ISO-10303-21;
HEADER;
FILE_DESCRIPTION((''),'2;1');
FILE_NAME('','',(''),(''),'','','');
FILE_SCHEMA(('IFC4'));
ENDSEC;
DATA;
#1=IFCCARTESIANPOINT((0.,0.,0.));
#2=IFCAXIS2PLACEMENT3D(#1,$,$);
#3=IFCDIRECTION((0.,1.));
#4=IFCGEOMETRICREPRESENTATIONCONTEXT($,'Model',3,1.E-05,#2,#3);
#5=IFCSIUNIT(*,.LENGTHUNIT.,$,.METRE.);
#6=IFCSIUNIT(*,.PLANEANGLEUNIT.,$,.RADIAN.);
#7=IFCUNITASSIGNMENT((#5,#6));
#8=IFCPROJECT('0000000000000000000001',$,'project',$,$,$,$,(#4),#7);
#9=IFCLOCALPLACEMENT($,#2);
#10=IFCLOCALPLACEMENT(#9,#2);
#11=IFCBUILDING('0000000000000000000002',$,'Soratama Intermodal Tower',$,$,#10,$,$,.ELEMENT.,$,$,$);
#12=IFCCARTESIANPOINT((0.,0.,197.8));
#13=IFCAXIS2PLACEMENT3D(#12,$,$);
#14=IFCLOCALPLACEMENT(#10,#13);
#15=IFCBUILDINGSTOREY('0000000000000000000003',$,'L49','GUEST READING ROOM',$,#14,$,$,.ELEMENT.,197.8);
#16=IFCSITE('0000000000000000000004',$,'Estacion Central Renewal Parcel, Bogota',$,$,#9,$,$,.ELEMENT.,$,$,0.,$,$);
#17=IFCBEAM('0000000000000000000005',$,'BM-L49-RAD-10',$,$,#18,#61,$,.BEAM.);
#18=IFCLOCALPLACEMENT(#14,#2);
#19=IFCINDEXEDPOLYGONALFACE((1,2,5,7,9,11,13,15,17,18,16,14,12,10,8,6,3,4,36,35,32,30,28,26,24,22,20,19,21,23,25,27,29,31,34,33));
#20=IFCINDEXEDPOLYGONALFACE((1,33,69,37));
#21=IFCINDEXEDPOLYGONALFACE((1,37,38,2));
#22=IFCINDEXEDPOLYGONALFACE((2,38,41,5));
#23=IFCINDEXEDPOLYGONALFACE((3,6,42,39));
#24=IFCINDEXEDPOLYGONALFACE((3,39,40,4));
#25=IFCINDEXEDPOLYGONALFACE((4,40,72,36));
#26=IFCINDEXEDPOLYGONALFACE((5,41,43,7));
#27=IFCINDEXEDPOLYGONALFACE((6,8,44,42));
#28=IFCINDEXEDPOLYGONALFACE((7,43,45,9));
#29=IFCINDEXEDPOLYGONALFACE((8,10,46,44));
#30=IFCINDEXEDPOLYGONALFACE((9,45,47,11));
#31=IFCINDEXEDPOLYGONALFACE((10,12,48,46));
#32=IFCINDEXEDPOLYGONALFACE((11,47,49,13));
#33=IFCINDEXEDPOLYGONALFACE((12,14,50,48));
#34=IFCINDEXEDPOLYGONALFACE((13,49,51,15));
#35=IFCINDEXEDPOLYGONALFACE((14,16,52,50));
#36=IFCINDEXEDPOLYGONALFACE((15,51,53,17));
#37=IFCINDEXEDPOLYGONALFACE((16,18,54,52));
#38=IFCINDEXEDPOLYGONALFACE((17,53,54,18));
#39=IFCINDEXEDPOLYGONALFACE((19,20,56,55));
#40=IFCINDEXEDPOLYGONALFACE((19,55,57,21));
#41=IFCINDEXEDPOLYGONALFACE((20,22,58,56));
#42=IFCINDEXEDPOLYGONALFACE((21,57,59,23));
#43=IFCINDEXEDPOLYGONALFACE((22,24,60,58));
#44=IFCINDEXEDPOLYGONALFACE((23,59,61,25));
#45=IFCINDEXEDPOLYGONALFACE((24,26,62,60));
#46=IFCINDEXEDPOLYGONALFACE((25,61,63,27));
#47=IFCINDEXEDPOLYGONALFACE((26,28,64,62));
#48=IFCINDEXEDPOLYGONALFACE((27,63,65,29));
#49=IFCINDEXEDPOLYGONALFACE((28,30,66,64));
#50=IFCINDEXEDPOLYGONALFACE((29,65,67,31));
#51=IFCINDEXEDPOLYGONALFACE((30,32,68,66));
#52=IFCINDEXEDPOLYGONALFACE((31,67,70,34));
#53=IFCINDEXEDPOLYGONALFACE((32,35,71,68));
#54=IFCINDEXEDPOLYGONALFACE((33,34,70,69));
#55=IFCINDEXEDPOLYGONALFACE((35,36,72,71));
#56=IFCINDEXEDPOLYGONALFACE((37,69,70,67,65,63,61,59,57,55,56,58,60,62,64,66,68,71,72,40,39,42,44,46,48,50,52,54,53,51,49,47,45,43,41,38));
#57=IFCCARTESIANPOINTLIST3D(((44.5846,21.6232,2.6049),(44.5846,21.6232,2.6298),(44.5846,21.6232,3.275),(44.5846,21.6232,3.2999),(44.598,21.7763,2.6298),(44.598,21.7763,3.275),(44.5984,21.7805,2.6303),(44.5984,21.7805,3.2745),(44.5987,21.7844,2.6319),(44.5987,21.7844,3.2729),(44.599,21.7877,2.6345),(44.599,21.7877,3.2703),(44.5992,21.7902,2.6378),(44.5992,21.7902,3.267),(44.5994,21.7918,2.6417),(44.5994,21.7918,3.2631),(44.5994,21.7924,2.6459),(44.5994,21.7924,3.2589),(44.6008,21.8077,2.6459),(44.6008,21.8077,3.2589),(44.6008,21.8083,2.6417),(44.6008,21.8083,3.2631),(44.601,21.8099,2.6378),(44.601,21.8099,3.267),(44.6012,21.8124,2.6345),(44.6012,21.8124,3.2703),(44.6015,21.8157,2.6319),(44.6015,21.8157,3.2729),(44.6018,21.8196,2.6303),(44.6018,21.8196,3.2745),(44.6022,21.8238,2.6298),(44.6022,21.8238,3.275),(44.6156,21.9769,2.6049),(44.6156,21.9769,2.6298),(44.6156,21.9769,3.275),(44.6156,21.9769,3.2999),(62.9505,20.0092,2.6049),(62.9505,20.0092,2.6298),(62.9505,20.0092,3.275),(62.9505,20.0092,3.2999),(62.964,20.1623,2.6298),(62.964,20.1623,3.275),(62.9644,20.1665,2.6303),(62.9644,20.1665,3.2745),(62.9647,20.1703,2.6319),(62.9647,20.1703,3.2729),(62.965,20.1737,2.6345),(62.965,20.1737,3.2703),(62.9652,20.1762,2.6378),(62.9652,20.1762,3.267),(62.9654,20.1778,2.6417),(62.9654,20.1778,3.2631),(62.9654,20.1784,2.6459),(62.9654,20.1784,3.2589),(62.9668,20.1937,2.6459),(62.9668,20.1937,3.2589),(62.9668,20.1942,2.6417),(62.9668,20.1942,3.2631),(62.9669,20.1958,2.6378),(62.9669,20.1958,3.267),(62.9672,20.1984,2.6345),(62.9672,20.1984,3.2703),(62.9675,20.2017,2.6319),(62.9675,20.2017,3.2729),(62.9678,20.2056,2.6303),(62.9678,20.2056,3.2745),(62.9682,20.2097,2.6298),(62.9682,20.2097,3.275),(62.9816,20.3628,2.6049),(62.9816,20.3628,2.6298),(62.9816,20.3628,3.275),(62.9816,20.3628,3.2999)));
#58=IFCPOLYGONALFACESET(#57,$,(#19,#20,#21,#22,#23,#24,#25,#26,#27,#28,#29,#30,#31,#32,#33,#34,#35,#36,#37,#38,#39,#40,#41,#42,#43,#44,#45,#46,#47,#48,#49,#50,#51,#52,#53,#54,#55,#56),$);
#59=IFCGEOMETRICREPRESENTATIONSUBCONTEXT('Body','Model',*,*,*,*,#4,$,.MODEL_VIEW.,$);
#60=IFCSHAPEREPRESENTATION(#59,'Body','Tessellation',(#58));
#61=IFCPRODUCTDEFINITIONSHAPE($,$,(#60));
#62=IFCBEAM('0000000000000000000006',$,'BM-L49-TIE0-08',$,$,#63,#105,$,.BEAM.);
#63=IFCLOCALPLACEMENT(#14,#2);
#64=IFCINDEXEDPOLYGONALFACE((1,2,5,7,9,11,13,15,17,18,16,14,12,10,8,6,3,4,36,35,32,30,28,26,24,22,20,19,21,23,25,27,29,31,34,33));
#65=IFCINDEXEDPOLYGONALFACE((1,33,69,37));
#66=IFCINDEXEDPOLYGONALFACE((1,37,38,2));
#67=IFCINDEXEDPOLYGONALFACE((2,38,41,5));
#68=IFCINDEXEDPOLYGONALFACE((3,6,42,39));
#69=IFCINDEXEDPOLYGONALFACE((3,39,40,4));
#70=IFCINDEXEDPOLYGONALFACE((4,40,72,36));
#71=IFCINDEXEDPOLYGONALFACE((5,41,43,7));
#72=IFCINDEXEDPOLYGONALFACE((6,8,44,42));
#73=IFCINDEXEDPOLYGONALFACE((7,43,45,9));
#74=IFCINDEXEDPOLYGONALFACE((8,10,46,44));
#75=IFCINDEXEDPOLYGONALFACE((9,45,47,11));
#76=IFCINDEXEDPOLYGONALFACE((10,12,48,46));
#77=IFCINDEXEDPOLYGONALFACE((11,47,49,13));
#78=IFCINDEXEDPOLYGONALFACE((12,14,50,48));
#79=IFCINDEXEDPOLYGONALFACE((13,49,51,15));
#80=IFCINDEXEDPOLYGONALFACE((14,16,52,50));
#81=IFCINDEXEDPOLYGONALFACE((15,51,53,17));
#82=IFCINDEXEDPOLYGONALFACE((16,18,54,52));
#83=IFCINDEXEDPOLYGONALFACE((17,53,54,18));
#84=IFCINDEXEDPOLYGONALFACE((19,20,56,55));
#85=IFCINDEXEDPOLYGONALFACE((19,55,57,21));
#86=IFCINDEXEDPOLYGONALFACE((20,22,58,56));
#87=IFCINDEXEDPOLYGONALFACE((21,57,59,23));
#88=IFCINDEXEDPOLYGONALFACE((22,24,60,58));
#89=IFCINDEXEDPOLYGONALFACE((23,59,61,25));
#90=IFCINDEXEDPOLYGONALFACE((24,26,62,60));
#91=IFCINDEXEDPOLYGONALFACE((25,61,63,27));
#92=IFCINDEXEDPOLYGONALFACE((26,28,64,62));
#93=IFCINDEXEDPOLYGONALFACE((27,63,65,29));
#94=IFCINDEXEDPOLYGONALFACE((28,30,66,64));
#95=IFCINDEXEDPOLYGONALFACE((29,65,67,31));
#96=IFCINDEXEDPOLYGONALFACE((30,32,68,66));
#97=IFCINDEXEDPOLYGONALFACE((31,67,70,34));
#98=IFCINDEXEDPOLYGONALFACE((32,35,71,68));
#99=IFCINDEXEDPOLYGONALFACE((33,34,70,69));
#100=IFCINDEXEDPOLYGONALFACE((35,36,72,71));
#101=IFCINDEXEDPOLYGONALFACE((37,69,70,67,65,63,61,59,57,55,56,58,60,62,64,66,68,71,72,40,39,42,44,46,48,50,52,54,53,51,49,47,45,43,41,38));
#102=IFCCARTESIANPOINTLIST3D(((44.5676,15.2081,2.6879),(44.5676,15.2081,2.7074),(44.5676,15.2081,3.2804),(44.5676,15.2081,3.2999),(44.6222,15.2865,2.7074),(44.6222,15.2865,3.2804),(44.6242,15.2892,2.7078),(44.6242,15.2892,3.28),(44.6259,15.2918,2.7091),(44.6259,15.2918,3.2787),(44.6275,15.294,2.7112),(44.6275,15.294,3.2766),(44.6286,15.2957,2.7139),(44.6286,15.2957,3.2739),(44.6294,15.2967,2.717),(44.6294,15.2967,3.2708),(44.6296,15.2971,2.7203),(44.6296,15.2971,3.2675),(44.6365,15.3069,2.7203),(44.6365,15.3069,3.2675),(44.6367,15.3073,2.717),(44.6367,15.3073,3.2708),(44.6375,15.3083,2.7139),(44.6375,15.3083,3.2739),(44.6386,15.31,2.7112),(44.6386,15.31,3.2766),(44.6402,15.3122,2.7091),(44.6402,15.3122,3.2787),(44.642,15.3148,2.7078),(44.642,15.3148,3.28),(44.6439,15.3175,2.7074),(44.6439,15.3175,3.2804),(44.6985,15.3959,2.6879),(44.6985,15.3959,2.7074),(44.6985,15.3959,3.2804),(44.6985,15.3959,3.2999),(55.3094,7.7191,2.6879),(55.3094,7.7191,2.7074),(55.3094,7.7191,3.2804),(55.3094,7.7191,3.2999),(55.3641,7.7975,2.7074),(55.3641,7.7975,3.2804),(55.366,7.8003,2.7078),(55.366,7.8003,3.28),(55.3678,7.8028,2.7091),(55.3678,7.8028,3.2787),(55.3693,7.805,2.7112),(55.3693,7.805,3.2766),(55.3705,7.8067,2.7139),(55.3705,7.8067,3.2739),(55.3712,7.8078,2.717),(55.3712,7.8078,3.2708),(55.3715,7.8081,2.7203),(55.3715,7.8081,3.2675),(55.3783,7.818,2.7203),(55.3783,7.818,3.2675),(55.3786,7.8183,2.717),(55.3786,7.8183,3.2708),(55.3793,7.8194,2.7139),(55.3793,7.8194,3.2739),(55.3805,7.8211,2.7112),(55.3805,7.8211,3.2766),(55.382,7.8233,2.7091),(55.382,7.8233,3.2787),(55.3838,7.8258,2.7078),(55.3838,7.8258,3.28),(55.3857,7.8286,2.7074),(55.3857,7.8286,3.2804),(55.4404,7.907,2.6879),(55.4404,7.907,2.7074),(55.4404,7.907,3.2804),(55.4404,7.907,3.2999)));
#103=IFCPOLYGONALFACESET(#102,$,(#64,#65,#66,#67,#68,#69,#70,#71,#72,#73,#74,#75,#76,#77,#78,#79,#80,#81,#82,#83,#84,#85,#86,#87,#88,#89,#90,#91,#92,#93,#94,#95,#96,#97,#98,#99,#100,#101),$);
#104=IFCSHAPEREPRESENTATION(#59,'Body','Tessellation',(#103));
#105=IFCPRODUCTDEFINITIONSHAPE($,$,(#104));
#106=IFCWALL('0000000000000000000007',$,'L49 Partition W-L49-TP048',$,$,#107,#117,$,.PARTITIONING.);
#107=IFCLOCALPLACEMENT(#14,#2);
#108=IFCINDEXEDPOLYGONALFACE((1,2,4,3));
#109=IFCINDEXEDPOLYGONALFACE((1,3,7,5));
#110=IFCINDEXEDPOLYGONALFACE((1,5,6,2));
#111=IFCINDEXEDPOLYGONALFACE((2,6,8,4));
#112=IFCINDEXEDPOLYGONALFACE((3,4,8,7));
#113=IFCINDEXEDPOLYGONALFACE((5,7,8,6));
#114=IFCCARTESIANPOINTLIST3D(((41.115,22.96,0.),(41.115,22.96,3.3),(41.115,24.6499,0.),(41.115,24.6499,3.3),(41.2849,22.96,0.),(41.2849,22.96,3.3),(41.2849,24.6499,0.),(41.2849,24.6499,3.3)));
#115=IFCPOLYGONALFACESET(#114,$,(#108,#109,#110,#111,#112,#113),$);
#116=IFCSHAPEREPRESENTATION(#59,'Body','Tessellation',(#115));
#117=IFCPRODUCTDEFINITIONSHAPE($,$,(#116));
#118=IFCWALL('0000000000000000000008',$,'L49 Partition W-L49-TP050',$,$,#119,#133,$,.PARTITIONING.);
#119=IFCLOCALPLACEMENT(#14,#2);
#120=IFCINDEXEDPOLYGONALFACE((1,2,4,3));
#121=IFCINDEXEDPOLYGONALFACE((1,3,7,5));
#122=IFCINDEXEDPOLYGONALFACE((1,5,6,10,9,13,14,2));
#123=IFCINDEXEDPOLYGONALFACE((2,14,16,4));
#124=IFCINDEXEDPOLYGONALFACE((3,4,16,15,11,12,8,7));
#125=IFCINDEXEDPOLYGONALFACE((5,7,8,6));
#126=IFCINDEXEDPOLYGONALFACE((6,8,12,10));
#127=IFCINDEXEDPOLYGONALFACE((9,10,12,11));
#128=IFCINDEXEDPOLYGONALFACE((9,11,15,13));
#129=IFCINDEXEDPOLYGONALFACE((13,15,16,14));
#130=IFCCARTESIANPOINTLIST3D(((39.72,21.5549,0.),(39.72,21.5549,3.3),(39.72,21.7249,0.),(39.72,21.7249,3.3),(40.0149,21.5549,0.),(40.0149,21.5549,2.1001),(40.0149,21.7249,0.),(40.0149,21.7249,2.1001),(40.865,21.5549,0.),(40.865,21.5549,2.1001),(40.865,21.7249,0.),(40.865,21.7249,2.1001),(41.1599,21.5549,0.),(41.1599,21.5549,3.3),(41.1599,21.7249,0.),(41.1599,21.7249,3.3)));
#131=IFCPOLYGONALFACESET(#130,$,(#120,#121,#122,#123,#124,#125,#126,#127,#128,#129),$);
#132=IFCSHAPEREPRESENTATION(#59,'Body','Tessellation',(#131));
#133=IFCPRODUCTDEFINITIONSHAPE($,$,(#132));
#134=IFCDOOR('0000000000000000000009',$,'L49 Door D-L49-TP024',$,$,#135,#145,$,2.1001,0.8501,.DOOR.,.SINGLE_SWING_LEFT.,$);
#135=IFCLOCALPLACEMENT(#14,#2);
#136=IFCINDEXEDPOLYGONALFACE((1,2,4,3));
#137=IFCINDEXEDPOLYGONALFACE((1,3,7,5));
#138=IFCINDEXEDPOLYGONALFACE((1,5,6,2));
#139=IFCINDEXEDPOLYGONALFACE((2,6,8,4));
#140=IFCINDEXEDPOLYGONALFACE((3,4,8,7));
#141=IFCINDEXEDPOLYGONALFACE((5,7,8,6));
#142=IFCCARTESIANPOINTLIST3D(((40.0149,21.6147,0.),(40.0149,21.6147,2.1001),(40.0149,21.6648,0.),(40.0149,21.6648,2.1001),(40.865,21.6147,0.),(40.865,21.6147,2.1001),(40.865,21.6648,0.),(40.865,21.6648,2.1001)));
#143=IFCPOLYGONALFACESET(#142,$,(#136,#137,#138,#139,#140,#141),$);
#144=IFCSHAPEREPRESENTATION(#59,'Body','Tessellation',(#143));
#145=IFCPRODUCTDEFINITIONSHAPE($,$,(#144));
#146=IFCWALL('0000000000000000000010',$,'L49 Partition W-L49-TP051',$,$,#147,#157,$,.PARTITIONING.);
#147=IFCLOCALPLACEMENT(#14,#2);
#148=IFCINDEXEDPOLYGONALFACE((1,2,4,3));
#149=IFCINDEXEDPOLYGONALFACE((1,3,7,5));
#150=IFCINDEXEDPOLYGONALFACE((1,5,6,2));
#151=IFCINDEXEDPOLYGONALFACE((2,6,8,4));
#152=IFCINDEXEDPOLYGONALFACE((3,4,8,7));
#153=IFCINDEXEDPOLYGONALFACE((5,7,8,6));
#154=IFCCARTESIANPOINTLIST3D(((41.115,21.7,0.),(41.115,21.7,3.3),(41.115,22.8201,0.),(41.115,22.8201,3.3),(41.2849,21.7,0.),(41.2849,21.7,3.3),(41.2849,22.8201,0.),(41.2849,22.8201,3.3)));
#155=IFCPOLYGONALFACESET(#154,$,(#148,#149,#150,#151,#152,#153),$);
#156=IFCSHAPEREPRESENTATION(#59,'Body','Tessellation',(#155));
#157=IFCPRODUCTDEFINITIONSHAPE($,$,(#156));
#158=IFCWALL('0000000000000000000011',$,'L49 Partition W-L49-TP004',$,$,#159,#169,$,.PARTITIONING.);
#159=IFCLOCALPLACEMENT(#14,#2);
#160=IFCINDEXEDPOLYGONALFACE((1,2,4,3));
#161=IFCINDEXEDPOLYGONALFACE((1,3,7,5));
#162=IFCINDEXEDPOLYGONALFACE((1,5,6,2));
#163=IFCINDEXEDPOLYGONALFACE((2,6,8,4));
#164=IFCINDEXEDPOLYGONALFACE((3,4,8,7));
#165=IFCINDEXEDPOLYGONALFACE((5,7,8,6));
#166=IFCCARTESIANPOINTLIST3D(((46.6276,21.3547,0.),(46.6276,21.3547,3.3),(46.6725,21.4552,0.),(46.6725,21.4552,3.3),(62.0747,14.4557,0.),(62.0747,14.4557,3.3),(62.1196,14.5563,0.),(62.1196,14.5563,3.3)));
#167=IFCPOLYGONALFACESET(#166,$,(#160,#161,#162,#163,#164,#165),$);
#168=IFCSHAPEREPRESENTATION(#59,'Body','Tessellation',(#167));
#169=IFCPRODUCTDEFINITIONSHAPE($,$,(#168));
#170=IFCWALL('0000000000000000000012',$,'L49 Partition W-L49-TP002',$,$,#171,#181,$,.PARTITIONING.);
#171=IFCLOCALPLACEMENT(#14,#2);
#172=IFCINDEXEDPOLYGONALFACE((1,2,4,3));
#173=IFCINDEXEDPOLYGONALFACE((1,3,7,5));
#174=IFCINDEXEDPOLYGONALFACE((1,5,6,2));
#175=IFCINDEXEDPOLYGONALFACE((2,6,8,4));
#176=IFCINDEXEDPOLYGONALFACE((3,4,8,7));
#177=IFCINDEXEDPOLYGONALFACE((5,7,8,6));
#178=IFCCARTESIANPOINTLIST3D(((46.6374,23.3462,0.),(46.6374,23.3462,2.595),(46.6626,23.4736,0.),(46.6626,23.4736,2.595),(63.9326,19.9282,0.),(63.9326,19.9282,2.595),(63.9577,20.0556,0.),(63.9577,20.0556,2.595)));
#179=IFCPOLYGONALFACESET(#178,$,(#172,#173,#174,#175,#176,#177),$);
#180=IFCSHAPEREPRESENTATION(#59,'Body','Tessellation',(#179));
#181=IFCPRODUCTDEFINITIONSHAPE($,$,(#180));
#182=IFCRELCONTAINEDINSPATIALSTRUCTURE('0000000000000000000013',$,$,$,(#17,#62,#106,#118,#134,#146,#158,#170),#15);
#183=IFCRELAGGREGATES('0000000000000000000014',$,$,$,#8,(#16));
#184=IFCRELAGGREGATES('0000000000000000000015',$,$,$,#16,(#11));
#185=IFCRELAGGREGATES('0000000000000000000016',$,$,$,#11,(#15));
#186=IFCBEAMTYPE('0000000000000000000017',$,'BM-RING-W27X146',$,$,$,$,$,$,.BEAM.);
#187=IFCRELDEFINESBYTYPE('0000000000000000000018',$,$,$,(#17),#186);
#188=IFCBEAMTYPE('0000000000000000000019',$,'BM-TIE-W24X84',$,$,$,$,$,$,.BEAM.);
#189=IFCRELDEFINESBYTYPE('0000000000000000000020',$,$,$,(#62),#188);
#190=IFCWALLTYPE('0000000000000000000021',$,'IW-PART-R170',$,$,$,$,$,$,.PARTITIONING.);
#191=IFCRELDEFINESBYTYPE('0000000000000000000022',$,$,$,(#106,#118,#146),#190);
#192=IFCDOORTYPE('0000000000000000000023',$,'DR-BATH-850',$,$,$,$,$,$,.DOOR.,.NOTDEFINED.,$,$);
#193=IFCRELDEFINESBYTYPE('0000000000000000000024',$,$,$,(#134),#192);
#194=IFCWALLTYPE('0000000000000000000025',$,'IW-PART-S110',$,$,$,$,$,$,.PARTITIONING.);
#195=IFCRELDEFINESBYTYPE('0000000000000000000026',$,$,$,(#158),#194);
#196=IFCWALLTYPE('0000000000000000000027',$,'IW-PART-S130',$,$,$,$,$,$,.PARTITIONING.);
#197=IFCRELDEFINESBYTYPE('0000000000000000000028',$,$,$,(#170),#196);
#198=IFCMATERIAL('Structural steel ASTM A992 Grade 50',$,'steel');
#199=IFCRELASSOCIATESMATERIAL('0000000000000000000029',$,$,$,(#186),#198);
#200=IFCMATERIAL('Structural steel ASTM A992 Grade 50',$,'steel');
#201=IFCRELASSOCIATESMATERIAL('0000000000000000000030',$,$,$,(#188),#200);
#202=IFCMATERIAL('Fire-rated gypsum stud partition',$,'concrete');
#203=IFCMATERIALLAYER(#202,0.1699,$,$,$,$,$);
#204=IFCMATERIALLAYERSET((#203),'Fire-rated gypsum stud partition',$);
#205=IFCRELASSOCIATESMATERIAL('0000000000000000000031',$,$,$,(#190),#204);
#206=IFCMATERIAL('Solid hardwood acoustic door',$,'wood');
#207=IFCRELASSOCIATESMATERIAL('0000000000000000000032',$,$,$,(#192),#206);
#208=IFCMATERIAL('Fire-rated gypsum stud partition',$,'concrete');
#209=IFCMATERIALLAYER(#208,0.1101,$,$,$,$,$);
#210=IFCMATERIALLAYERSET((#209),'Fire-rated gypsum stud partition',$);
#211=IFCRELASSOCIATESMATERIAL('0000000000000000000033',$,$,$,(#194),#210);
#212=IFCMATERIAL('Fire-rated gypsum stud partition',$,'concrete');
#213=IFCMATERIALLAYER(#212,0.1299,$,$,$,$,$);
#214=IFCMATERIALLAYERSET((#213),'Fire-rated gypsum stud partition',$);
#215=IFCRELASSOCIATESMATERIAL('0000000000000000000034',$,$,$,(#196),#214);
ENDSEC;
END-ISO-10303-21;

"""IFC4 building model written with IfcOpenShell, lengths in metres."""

from ifc_helpers import new_model, si_unit, direction, frame, frame_2d, origin, origin_2d, place, context, subcontext, project, spatial, rectangle, i_section, extrude, material, layer, layer_set, material_profile, profile_set, type_object, element, fill, save


model = new_model("IFC4")

# Units and contexts
model_context = context("Model", 3, precision=1e-05, world=origin(), true_north=direction((0.0, 1.0)))
body_context = subcontext(model_context, "Body", "Model", "MODEL_VIEW")
ifc_project = project(units=[si_unit("LENGTHUNIT", "METRE"), si_unit("PLANEANGLEUNIT", "RADIAN")], contexts=[model_context])

# Site, building, storey
site_placement = place(None, origin())
site = spatial("IfcSite", under=ifc_project, at=site_placement, Name="Estacion Central Renewal Parcel, Bogota", CompositionType="ELEMENT", RefElevation=0.0)
building_placement = place(site_placement, origin())
building = spatial("IfcBuilding", under=site, at=building_placement, Name="Soratama Intermodal Tower", CompositionType="ELEMENT")
storey_placement = place(building_placement, frame((0.0, 0.0, 197.8)))
storey = spatial("IfcBuildingStorey", under=building, at=storey_placement, Name="L49", Description="GUEST READING ROOM", CompositionType="ELEMENT", Elevation=197.8)

# Beams
ifc_material_1 = material(Name="Structural steel ASTM A992 Grade 50", Category="steel")
ifc_material_profile_1 = material_profile(ifc_material_1, i_section(OverallWidth=0.355, OverallDepth=0.6951, WebThickness=0.0154, FlangeThickness=0.0249, FilletRadius=0.0161, at=origin_2d()), Name="W27X146")
ifc_profile_set_1 = profile_set([ifc_material_profile_1], Name="Structural steel ASTM A992 Grade 50")
beam_type_1 = type_object("IfcBeamType", Name="BM-RING-W27X146", PredefinedType="BEAM", material=ifc_profile_set_1)
beam_1_placement = place(storey_placement, frame((44.6001, 21.8, 2.9524), z_axis=(0.996161, -0.087543, 0.0), x_axis=(0.087543, 0.996161, 0.0)))
element("IfcBeam", 1, at=beam_1_placement, inside=storey, type_object=beam_type_1, Name="BM-L49-RAD-10", PredefinedType="BEAM", context=body_context, shape_type="SweptSolid", body=[
    extrude(i_section(OverallWidth=0.355, OverallDepth=0.6951, WebThickness=0.0154, FlangeThickness=0.0249, FilletRadius=0.0161, at=origin_2d()), origin(), (0.0, 0.0, 1.0), 18.4368),
])
ifc_material_2 = material(Name="Structural steel ASTM A992 Grade 50", Category="steel")
ifc_material_profile_2 = material_profile(ifc_material_2, i_section(OverallWidth=0.229, OverallDepth=0.6121, WebThickness=0.012, FlangeThickness=0.0195, FilletRadius=0.0129, at=origin_2d()), Name="W24X84")
ifc_profile_set_2 = profile_set([ifc_material_profile_2], Name="Structural steel ASTM A992 Grade 50")
beam_type_2 = type_object("IfcBeamType", Name="BM-TIE-W24X84", PredefinedType="BEAM", material=ifc_profile_set_2)
beam_2_placement = place(storey_placement, frame((44.6331, 15.302, 2.9939), z_axis=(0.820319, -0.571906, 0.0), x_axis=(0.571906, 0.820319, 0.0)))
element("IfcBeam", 2, at=beam_2_placement, inside=storey, type_object=beam_type_2, Name="BM-L49-TIE0-08", PredefinedType="BEAM", context=body_context, shape_type="SweptSolid", body=[
    extrude(i_section(OverallWidth=0.229, OverallDepth=0.6121, WebThickness=0.012, FlangeThickness=0.0195, FilletRadius=0.0129, at=origin_2d()), origin(), (0.0, 0.0, 1.0), 13.0947),
])

# Shared definitions
ifc_material_3 = material(Name="Fire-rated gypsum stud partition", Category="concrete")
ifc_layer_1 = layer(ifc_material_3, 0.1699)
ifc_layer_set_1 = layer_set([ifc_layer_1], Name="Fire-rated gypsum stud partition")
wall_type_1 = type_object("IfcWallType", Name="IW-PART-R170", PredefinedType="PARTITIONING", material=ifc_layer_set_1)

# Wall
wall_1_placement = place(storey_placement, frame((41.2, 22.96, 0.0), z_axis=(0.0, 0.0, 1.0), x_axis=(0.0, 1.0, 0.0)))
element("IfcWall", 3, at=wall_1_placement, inside=storey, type_object=wall_type_1, Name="L49 Partition W-L49-TP048", PredefinedType="PARTITIONING", context=body_context, shape_type="SweptSolid", body=[
    extrude(rectangle(XDim=1.6899, YDim=0.1699, at=frame_2d((0.845, 0.0))), origin(), (0.0, 0.0, 1.0), 3.3),
])

# Wall, opening, door
wall_2_placement = place(storey_placement, frame((39.72, 21.6399, 0.0), z_axis=(0.0, 0.0, 1.0), x_axis=(1.0, 0.0, 0.0)))
wall_2 = element("IfcWall", 4, at=wall_2_placement, inside=storey, type_object=wall_type_1, Name="L49 Partition W-L49-TP050", PredefinedType="PARTITIONING", context=body_context, shape_type="SweptSolid", body=[
    extrude(rectangle(XDim=1.4399, YDim=0.1699, at=frame_2d((0.72, 0.0))), origin(), (0.0, 0.0, 1.0), 3.3),
])
opening_1_placement = place(wall_2_placement, frame((0.2949, 0.0, 0.0)))
opening_1 = element("IfcOpeningElement", 5, at=opening_1_placement, cuts=wall_2, PredefinedType="OPENING", context=body_context, shape_type="SweptSolid", body=[
    extrude(rectangle(XDim=0.8501, YDim=2.1001, at=frame_2d((0.425, 1.05))), frame((0.0, 0.095, 0.0), z_axis=(0.0, -1.0, 0.0), x_axis=(1.0, 0.0, 0.0)), (0.0, 0.0, 1.0), 0.1899),
])
ifc_material_4 = material(Name="Solid hardwood acoustic door", Category="wood")
door_type_1 = type_object("IfcDoorType", Name="DR-BATH-850", OperationType="NOTDEFINED", PredefinedType="DOOR", material=ifc_material_4)
door_1_placement = place(opening_1_placement, origin())
door_1 = element("IfcDoor", 6, at=door_1_placement, inside=storey, type_object=door_type_1, Name="L49 Door D-L49-TP024", OperationType="SINGLE_SWING_LEFT", OverallHeight=2.1001, OverallWidth=0.8501, PredefinedType="DOOR", context=body_context, shape_type="SweptSolid", body=[
    extrude(rectangle(XDim=0.8501, YDim=2.1001, at=frame_2d((0.425, 1.05))), frame((0.0, 0.0249, 0.0), z_axis=(0.0, -1.0, 0.0), x_axis=(1.0, 0.0, 0.0)), (0.0, 0.0, 1.0), 0.05),
])
fill(opening_1, door_1)

# Walls
wall_3_placement = place(storey_placement, frame((41.2, 21.7, 0.0), z_axis=(0.0, 0.0, 1.0), x_axis=(0.0, 1.0, 0.0)))
element("IfcWall", 7, at=wall_3_placement, inside=storey, type_object=wall_type_1, Name="L49 Partition W-L49-TP051", PredefinedType="PARTITIONING", context=body_context, shape_type="SweptSolid", body=[
    extrude(rectangle(XDim=1.1201, YDim=0.1699, at=frame_2d((0.5601, 0.0))), origin(), (0.0, 0.0, 1.0), 3.3),
])
ifc_material_5 = material(Name="Fire-rated gypsum stud partition", Category="concrete")
ifc_layer_2 = layer(ifc_material_5, 0.1101)
ifc_layer_set_2 = layer_set([ifc_layer_2], Name="Fire-rated gypsum stud partition")
wall_type_2 = type_object("IfcWallType", Name="IW-PART-S110", PredefinedType="PARTITIONING", material=ifc_layer_set_2)
wall_4_placement = place(storey_placement, frame((46.6499, 21.405, 0.0), z_axis=(0.0, 0.0, 1.0), x_axis=(0.913073, -0.407795, 0.0)))
element("IfcWall", 8, at=wall_4_placement, inside=storey, type_object=wall_type_2, Name="L49 Partition W-L49-TP004", PredefinedType="PARTITIONING", context=body_context, shape_type="SweptSolid", body=[
    extrude(rectangle(XDim=16.9177, YDim=0.1101, at=frame_2d((8.459, 0.0))), origin(), (0.0, 0.0, 1.0), 3.3),
])
ifc_material_6 = material(Name="Fire-rated gypsum stud partition", Category="concrete")
ifc_layer_3 = layer(ifc_material_6, 0.1299)
ifc_layer_set_3 = layer_set([ifc_layer_3], Name="Fire-rated gypsum stud partition")
wall_type_3 = type_object("IfcWallType", Name="IW-PART-S130", PredefinedType="PARTITIONING", material=ifc_layer_set_3)
wall_5_placement = place(storey_placement, frame((46.6499, 23.4099, 0.0), z_axis=(0.0, 0.0, 1.0), x_axis=(0.981026, -0.193876, 0.0)))
element("IfcWall", 9, at=wall_5_placement, inside=storey, type_object=wall_type_3, Name="L49 Partition W-L49-TP002", PredefinedType="PARTITIONING", context=body_context, shape_type="SweptSolid", body=[
    extrude(rectangle(XDim=17.6296, YDim=0.1299, at=frame_2d((8.8149, 0.0))), origin(), (0.0, 0.0, 1.0), 2.595),
])

save(model, "model.ifc")
